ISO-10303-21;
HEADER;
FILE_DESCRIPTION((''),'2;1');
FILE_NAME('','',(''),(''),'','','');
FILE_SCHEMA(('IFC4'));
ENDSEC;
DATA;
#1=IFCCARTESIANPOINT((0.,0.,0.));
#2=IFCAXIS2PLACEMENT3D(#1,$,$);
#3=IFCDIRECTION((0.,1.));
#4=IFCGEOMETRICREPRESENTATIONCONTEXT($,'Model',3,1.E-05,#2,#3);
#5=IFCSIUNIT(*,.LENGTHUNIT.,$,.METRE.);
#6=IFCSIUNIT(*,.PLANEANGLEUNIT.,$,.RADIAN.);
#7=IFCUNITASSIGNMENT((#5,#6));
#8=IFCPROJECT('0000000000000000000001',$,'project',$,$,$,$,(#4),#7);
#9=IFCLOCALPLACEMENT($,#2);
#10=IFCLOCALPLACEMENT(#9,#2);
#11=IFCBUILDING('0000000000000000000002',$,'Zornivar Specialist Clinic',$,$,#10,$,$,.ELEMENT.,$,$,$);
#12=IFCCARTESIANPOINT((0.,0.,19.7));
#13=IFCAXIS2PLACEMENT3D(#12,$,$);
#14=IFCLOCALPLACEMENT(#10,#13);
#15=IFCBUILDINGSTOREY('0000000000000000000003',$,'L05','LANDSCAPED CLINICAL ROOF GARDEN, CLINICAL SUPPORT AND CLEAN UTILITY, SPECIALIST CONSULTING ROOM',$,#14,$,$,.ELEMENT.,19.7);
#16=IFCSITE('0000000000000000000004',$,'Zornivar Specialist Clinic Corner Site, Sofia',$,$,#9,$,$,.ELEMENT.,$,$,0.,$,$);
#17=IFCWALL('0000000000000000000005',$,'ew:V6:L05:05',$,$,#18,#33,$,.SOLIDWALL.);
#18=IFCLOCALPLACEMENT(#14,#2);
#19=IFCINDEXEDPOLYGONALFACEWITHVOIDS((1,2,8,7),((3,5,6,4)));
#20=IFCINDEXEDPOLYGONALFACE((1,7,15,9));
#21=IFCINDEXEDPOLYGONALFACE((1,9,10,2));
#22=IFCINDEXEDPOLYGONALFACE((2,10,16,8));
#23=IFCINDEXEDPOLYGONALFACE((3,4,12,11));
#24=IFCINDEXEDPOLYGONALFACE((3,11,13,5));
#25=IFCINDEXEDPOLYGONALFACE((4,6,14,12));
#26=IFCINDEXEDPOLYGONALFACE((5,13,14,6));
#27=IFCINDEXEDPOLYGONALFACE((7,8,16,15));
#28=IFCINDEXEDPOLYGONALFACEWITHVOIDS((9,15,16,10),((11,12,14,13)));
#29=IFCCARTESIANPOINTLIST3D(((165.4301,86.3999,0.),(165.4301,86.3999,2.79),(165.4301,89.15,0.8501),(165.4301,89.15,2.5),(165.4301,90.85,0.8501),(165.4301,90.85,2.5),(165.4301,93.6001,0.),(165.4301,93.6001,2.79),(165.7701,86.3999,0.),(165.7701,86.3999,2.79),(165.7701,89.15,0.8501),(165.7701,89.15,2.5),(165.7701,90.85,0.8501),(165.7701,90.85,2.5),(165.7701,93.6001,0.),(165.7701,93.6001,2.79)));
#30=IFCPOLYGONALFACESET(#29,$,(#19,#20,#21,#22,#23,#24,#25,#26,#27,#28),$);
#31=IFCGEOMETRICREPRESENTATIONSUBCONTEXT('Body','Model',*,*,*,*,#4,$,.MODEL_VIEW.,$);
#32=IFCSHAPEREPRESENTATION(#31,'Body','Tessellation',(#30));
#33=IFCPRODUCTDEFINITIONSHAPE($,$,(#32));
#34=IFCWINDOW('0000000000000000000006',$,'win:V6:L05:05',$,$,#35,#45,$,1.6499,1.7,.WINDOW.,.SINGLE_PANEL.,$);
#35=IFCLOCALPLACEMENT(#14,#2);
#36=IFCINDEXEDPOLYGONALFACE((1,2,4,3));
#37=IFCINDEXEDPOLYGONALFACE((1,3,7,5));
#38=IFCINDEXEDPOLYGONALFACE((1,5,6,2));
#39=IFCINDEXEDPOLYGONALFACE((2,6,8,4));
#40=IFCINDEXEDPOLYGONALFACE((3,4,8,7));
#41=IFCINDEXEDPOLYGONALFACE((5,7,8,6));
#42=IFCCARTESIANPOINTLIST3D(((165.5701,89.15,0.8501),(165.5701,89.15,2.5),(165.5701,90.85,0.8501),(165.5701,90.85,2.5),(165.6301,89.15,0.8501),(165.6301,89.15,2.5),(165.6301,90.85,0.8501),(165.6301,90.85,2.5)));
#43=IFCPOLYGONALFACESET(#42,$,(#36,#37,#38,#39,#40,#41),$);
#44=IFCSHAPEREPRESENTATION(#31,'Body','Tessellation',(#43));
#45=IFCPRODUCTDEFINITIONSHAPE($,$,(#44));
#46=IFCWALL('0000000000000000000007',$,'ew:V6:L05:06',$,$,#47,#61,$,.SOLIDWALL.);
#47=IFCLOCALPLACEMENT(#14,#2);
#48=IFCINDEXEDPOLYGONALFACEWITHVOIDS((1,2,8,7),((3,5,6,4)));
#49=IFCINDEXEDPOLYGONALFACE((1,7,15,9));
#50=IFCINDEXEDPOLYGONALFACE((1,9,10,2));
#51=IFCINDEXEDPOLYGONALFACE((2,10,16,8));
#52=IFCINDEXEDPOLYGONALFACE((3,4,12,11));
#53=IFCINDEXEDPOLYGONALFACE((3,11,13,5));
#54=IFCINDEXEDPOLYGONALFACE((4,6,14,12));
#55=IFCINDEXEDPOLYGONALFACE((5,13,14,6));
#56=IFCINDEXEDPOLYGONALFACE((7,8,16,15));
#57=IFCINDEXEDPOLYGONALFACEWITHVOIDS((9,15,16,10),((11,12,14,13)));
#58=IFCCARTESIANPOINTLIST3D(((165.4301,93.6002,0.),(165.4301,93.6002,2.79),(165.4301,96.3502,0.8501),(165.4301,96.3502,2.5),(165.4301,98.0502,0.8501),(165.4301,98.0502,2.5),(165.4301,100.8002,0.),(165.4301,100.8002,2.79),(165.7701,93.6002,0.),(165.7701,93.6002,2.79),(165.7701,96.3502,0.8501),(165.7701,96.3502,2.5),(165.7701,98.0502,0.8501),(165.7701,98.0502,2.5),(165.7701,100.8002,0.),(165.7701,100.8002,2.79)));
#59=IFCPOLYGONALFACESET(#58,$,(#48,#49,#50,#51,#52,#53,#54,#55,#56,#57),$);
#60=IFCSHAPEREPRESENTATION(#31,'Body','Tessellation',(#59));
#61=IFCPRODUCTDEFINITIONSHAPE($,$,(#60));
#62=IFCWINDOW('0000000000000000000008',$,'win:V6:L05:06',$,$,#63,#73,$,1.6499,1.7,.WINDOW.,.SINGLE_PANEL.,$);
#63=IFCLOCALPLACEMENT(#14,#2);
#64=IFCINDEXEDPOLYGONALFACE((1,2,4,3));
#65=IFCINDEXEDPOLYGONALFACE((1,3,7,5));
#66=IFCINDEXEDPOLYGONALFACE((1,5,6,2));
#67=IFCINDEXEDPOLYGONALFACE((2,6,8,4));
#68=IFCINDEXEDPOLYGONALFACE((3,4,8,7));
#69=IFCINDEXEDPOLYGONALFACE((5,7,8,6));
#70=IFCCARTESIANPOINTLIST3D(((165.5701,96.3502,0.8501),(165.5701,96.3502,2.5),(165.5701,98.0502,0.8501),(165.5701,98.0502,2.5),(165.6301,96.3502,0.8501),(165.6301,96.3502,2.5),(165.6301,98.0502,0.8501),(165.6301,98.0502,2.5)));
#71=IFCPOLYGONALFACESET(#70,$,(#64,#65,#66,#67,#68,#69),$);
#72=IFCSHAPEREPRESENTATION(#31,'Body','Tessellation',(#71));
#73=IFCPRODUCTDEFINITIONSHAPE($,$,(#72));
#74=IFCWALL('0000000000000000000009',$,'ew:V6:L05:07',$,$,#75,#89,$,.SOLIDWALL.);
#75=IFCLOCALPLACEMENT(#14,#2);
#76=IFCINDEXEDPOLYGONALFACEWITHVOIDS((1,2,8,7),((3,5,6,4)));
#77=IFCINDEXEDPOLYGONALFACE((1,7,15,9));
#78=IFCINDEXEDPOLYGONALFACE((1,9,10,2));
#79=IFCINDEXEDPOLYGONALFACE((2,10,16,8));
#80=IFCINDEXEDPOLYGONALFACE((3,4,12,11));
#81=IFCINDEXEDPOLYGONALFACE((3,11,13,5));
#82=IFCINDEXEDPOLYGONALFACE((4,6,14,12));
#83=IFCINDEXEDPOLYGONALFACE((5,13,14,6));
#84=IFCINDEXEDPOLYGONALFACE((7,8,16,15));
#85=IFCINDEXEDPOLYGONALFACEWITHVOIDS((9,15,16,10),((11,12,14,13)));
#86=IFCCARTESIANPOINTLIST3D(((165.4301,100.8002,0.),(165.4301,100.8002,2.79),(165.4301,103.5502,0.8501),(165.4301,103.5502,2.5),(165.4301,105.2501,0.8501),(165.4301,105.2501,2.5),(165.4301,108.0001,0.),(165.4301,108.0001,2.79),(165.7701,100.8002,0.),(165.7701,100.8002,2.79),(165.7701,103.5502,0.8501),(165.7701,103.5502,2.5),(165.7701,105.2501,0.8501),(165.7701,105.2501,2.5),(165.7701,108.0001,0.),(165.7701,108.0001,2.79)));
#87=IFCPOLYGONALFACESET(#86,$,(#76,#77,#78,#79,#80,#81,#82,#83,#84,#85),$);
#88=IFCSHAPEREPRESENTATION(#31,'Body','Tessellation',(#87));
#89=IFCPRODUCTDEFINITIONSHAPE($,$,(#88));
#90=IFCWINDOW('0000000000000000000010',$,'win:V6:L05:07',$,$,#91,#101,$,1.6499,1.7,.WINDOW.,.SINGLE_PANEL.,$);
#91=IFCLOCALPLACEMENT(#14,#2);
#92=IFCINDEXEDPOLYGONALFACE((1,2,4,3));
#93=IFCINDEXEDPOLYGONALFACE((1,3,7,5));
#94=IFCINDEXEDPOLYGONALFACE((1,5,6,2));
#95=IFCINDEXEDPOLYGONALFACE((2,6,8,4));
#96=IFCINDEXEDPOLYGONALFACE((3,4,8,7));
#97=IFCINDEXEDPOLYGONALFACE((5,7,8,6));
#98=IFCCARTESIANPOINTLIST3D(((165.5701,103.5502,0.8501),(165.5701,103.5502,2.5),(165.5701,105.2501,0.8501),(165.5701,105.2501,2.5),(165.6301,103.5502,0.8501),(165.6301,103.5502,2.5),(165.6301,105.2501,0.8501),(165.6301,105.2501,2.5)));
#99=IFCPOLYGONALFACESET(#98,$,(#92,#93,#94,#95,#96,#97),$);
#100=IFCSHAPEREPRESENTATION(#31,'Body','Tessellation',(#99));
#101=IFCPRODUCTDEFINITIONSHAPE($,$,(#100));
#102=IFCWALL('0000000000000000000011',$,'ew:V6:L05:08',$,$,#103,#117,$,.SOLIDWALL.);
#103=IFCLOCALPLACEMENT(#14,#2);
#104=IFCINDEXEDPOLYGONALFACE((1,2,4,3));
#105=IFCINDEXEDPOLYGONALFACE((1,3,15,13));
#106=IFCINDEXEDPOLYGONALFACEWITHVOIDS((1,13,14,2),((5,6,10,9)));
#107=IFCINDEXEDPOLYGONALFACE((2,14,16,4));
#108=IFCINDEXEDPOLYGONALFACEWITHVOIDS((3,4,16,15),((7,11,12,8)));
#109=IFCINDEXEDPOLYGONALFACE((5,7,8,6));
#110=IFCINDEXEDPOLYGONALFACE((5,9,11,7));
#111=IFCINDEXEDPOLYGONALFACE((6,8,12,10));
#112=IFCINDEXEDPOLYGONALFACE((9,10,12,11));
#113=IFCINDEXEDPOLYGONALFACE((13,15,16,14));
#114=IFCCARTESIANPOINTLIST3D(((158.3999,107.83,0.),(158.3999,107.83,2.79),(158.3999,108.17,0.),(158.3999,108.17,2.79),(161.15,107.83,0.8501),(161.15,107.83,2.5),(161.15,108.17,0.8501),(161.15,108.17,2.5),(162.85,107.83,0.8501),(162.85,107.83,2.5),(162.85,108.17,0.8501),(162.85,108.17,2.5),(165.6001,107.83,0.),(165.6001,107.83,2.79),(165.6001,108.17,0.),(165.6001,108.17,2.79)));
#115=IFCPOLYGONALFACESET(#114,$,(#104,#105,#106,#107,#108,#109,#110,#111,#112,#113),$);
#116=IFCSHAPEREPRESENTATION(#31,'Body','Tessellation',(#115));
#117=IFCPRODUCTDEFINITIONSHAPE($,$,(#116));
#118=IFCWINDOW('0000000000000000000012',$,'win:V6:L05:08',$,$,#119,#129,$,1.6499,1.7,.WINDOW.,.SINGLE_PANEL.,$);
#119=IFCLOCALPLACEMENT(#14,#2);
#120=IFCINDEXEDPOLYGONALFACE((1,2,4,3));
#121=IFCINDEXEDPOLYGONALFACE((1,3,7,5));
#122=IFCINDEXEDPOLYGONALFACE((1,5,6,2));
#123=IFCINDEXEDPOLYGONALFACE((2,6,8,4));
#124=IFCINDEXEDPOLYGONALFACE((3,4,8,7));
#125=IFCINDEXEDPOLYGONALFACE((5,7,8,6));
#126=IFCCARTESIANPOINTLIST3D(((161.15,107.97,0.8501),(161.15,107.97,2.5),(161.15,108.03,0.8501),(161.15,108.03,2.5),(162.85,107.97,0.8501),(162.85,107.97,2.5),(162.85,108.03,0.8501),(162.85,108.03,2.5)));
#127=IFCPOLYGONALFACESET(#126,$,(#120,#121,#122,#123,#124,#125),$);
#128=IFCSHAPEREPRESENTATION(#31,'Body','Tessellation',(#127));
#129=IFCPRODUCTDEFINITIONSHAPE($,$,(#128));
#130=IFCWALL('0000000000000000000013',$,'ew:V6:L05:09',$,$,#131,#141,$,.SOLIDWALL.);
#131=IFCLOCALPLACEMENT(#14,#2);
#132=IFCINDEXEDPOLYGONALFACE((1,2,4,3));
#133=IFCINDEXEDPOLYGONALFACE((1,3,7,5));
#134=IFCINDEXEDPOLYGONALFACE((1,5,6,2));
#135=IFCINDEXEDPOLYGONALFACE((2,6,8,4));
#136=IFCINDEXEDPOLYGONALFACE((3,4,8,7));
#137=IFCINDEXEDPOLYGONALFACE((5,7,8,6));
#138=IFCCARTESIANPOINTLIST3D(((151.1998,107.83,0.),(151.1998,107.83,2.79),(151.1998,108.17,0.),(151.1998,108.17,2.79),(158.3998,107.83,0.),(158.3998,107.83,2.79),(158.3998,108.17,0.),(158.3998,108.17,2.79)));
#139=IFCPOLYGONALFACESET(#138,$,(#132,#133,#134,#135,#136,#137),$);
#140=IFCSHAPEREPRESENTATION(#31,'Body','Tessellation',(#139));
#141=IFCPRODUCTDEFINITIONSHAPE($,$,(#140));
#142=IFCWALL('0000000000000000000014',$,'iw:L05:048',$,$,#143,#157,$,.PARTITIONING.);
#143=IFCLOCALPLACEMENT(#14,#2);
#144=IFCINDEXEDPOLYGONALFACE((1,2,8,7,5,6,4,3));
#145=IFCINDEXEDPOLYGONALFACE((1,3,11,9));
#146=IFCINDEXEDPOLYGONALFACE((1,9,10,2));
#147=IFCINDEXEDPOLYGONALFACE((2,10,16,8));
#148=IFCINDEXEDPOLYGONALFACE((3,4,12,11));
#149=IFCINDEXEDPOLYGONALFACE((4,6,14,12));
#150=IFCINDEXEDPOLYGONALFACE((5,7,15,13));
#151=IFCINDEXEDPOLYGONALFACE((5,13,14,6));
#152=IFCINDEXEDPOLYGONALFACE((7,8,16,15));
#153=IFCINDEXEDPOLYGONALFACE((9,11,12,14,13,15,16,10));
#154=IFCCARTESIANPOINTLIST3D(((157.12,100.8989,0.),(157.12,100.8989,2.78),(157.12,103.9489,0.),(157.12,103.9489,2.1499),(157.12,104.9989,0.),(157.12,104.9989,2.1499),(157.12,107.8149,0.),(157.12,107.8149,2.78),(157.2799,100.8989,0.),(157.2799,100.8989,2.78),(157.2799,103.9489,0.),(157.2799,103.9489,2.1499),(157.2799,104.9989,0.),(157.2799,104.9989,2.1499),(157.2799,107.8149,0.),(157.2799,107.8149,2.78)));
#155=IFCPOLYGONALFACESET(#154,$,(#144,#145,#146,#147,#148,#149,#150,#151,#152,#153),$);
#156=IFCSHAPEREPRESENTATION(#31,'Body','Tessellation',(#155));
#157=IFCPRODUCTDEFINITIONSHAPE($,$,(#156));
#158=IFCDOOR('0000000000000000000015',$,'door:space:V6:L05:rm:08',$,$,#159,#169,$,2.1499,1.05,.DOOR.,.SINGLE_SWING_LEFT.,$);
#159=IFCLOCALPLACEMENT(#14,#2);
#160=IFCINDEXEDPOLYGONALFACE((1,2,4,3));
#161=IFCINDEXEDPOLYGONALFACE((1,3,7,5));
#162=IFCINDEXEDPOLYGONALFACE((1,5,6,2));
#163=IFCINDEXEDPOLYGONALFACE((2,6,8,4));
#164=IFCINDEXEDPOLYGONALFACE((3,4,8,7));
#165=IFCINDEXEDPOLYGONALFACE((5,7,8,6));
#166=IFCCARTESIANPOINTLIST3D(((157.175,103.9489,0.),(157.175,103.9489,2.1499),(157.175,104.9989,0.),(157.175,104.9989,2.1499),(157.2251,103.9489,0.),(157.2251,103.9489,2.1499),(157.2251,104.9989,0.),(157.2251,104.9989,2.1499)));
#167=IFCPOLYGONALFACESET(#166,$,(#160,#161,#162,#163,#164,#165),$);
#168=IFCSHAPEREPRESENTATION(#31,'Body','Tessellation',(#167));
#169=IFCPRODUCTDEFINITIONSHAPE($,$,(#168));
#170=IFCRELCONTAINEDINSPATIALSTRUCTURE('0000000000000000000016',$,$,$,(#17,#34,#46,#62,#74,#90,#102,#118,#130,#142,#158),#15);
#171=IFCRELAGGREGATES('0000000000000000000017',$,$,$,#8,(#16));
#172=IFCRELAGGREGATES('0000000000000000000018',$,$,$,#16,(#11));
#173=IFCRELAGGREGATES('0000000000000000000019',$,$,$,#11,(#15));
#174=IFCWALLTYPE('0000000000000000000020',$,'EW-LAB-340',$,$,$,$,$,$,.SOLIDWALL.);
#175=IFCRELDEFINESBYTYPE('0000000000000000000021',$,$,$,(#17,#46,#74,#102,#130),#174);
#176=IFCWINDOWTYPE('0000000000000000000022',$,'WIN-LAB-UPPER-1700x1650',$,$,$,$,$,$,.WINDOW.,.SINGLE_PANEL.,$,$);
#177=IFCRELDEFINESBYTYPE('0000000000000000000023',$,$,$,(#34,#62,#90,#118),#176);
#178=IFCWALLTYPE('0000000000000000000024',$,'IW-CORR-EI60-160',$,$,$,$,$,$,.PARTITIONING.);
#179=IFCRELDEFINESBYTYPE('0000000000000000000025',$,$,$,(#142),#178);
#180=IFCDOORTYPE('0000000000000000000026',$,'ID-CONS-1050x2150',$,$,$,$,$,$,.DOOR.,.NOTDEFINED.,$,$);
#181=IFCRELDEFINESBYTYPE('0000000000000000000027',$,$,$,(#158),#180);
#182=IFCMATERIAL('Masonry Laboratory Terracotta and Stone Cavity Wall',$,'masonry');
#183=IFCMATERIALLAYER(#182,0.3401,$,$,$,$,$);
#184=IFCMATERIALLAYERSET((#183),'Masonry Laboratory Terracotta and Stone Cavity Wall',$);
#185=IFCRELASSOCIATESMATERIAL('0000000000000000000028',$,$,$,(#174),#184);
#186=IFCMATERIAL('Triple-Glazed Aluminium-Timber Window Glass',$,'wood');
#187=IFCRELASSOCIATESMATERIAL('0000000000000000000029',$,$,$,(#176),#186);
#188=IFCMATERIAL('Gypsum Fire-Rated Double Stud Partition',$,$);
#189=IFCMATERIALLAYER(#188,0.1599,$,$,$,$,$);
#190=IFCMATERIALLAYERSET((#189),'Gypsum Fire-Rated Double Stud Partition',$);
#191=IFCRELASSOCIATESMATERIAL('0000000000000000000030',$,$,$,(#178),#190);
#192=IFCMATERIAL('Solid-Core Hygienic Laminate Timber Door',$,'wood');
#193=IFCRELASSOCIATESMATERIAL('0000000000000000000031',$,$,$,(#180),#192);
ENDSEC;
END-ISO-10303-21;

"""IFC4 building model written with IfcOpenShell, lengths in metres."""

from ifc_helpers import new_model, si_unit, direction, frame, frame_2d, origin, place, context, subcontext, project, spatial, rectangle, extrude, material, layer, layer_set, type_object, element, fill, save


model = new_model("IFC4")

# Units and contexts
model_context = context("Model", 3, precision=1e-05, world=origin(), true_north=direction((0.0, 1.0)))
body_context = subcontext(model_context, "Body", "Model", "MODEL_VIEW")
ifc_project = project(units=[si_unit("LENGTHUNIT", "METRE"), si_unit("PLANEANGLEUNIT", "RADIAN")], contexts=[model_context])

# Site, building, storey
site_placement = place(None, origin())
site = spatial("IfcSite", under=ifc_project, at=site_placement, Name="Zornivar Specialist Clinic Corner Site, Sofia", CompositionType="ELEMENT", RefElevation=0.0)
building_placement = place(site_placement, origin())
building = spatial("IfcBuilding", under=site, at=building_placement, Name="Zornivar Specialist Clinic", CompositionType="ELEMENT")
storey_placement = place(building_placement, frame((0.0, 0.0, 19.7)))
storey = spatial("IfcBuildingStorey", under=building, at=storey_placement, Name="L05", Description="LANDSCAPED CLINICAL ROOF GARDEN, CLINICAL SUPPORT AND CLEAN UTILITY, SPECIALIST CONSULTING ROOM", CompositionType="ELEMENT", Elevation=19.7)

# Walls, openings, windows
ifc_material_1 = material(Name="Masonry Laboratory Terracotta and Stone Cavity Wall", Category="masonry")
ifc_layer_1 = layer(ifc_material_1, 0.3401)
ifc_layer_set_1 = layer_set([ifc_layer_1], Name="Masonry Laboratory Terracotta and Stone Cavity Wall")
wall_type_1 = type_object("IfcWallType", Name="EW-LAB-340", PredefinedType="SOLIDWALL", material=ifc_layer_set_1)
wall_1_placement = place(storey_placement, frame((165.6001, 86.3999, 0.0), z_axis=(0.0, 0.0, 1.0), x_axis=(0.0, 1.0, 0.0)))
wall_1 = element("IfcWall", 1, at=wall_1_placement, inside=storey, type_object=wall_type_1, Name="ew:V6:L05:05", PredefinedType="SOLIDWALL", context=body_context, shape_type="SweptSolid", body=[
    extrude(rectangle(XDim=7.2002, YDim=0.3401, at=frame_2d((3.6001, 0.0))), origin(), (0.0, 0.0, 1.0), 2.79),
])
opening_1_placement = place(wall_1_placement, frame((2.75, 0.0, 0.8501)))
opening_1 = element("IfcOpeningElement", 2, at=opening_1_placement, cuts=wall_1, PredefinedType="OPENING", context=body_context, shape_type="SweptSolid", body=[
    extrude(rectangle(XDim=1.7, YDim=1.6499, at=frame_2d((0.8501, 0.825))), frame((0.0, 0.1799, 0.0), z_axis=(0.0, -1.0, 0.0), x_axis=(1.0, 0.0, 0.0)), (0.0, 0.0, 1.0), 0.3601),
])
ifc_material_2 = material(Name="Triple-Glazed Aluminium-Timber Window Glass", Category="wood")
window_type = type_object("IfcWindowType", Name="WIN-LAB-UPPER-1700x1650", PartitioningType="SINGLE_PANEL", PredefinedType="WINDOW", material=ifc_material_2)
window_1_placement = place(opening_1_placement, origin())
window_1 = element("IfcWindow", 3, at=window_1_placement, inside=storey, type_object=window_type, Name="win:V6:L05:05", OverallHeight=1.6499, OverallWidth=1.7, PartitioningType="SINGLE_PANEL", PredefinedType="WINDOW", context=body_context, shape_type="SweptSolid", body=[
    extrude(rectangle(XDim=1.7, YDim=1.6499, at=frame_2d((0.8501, 0.825))), frame((0.0, 0.03, 0.0), z_axis=(0.0, -1.0, 0.0), x_axis=(1.0, 0.0, 0.0)), (0.0, 0.0, 1.0), 0.0601),
])
fill(opening_1, window_1)
wall_2_placement = place(storey_placement, frame((165.6001, 93.6001, 0.0), z_axis=(0.0, 0.0, 1.0), x_axis=(0.0, 1.0, 0.0)))
wall_2 = element("IfcWall", 4, at=wall_2_placement, inside=storey, type_object=wall_type_1, Name="ew:V6:L05:06", PredefinedType="SOLIDWALL", context=body_context, shape_type="SweptSolid", body=[
    extrude(rectangle(XDim=7.2, YDim=0.3401, at=frame_2d((3.6001, 0.0))), origin(), (0.0, 0.0, 1.0), 2.79),
])
opening_2_placement = place(wall_2_placement, frame((2.75, 0.0, 0.8501)))
opening_2 = element("IfcOpeningElement", 5, at=opening_2_placement, cuts=wall_2, PredefinedType="OPENING", context=body_context, shape_type="SweptSolid", body=[
    extrude(rectangle(XDim=1.7, YDim=1.6499, at=frame_2d((0.8501, 0.825))), frame((0.0, 0.1799, 0.0), z_axis=(0.0, -1.0, 0.0), x_axis=(1.0, 0.0, 0.0)), (0.0, 0.0, 1.0), 0.3601),
])
window_2_placement = place(opening_2_placement, origin())
window_2 = element("IfcWindow", 6, at=window_2_placement, inside=storey, type_object=window_type, Name="win:V6:L05:06", OverallHeight=1.6499, OverallWidth=1.7, PartitioningType="SINGLE_PANEL", PredefinedType="WINDOW", context=body_context, shape_type="SweptSolid", body=[
    extrude(rectangle(XDim=1.7, YDim=1.6499, at=frame_2d((0.8501, 0.825))), frame((0.0, 0.03, 0.0), z_axis=(0.0, -1.0, 0.0), x_axis=(1.0, 0.0, 0.0)), (0.0, 0.0, 1.0), 0.0601),
])
fill(opening_2, window_2)
wall_3_placement = place(storey_placement, frame((165.6001, 100.8, 0.0), z_axis=(0.0, 0.0, 1.0), x_axis=(0.0, 1.0, 0.0)))
wall_3 = element("IfcWall", 7, at=wall_3_placement, inside=storey, type_object=wall_type_1, Name="ew:V6:L05:07", PredefinedType="SOLIDWALL", context=body_context, shape_type="SweptSolid", body=[
    extrude(rectangle(XDim=7.2, YDim=0.3401, at=frame_2d((3.6001, 0.0))), origin(), (0.0, 0.0, 1.0), 2.79),
])
opening_3_placement = place(wall_3_placement, frame((2.75, 0.0, 0.8501)))
opening_3 = element("IfcOpeningElement", 8, at=opening_3_placement, cuts=wall_3, PredefinedType="OPENING", context=body_context, shape_type="SweptSolid", body=[
    extrude(rectangle(XDim=1.7, YDim=1.6499, at=frame_2d((0.8501, 0.825))), frame((0.0, 0.1799, 0.0), z_axis=(0.0, -1.0, 0.0), x_axis=(1.0, 0.0, 0.0)), (0.0, 0.0, 1.0), 0.3601),
])
window_3_placement = place(opening_3_placement, origin())
window_3 = element("IfcWindow", 9, at=window_3_placement, inside=storey, type_object=window_type, Name="win:V6:L05:07", OverallHeight=1.6499, OverallWidth=1.7, PartitioningType="SINGLE_PANEL", PredefinedType="WINDOW", context=body_context, shape_type="SweptSolid", body=[
    extrude(rectangle(XDim=1.7, YDim=1.6499, at=frame_2d((0.8501, 0.825))), frame((0.0, 0.03, 0.0), z_axis=(0.0, -1.0, 0.0), x_axis=(1.0, 0.0, 0.0)), (0.0, 0.0, 1.0), 0.0601),
])
fill(opening_3, window_3)
wall_4_placement = place(storey_placement, frame((165.6001, 108.0, 0.0), z_axis=(0.0, 0.0, 1.0), x_axis=(-1.0, 0.0, 0.0)))
wall_4 = element("IfcWall", 10, at=wall_4_placement, inside=storey, type_object=wall_type_1, Name="ew:V6:L05:08", PredefinedType="SOLIDWALL", context=body_context, shape_type="SweptSolid", body=[
    extrude(rectangle(XDim=7.2002, YDim=0.3401, at=frame_2d((3.6001, 0.0))), origin(), (0.0, 0.0, 1.0), 2.79),
])
opening_4_placement = place(wall_4_placement, frame((2.75, 0.0, 0.8501)))
opening_4 = element("IfcOpeningElement", 11, at=opening_4_placement, cuts=wall_4, PredefinedType="OPENING", context=body_context, shape_type="SweptSolid", body=[
    extrude(rectangle(XDim=1.7, YDim=1.6499, at=frame_2d((0.8501, 0.825))), frame((0.0, 0.1799, 0.0), z_axis=(0.0, -1.0, 0.0), x_axis=(1.0, 0.0, 0.0)), (0.0, 0.0, 1.0), 0.3601),
])
window_4_placement = place(opening_4_placement, origin())
window_4 = element("IfcWindow", 12, at=window_4_placement, inside=storey, type_object=window_type, Name="win:V6:L05:08", OverallHeight=1.6499, OverallWidth=1.7, PartitioningType="SINGLE_PANEL", PredefinedType="WINDOW", context=body_context, shape_type="SweptSolid", body=[
    extrude(rectangle(XDim=1.7, YDim=1.6499, at=frame_2d((0.8501, 0.825))), frame((0.0, 0.03, 0.0), z_axis=(0.0, -1.0, 0.0), x_axis=(1.0, 0.0, 0.0)), (0.0, 0.0, 1.0), 0.0601),
])
fill(opening_4, window_4)

# Wall
wall_5_placement = place(storey_placement, frame((158.3999, 108.0, 0.0), z_axis=(0.0, 0.0, 1.0), x_axis=(-1.0, 0.0, 0.0)))
element("IfcWall", 13, at=wall_5_placement, inside=storey, type_object=wall_type_1, Name="ew:V6:L05:09", PredefinedType="SOLIDWALL", context=body_context, shape_type="SweptSolid", body=[
    extrude(rectangle(XDim=7.2, YDim=0.3401, at=frame_2d((3.6001, 0.0))), origin(), (0.0, 0.0, 1.0), 2.79),
])

# Wall, opening, door
ifc_material_3 = material(Name="Gypsum Fire-Rated Double Stud Partition")
ifc_layer_2 = layer(ifc_material_3, 0.1599)
ifc_layer_set_2 = layer_set([ifc_layer_2], Name="Gypsum Fire-Rated Double Stud Partition")
wall_type_2 = type_object("IfcWallType", Name="IW-CORR-EI60-160", PredefinedType="PARTITIONING", material=ifc_layer_set_2)
wall_6_placement = place(storey_placement, frame((157.2, 100.8989, 0.0), z_axis=(0.0, 0.0, 1.0), x_axis=(0.0, 1.0, 0.0)))
wall_6 = element("IfcWall", 14, at=wall_6_placement, inside=storey, type_object=wall_type_2, Name="iw:L05:048", PredefinedType="PARTITIONING", context=body_context, shape_type="SweptSolid", body=[
    extrude(rectangle(XDim=6.916, YDim=0.1599, at=frame_2d((3.458, 0.0))), origin(), (0.0, 0.0, 1.0), 2.78),
])
opening_5_placement = place(wall_6_placement, frame((3.05, 0.0, 0.0)))
opening_5 = element("IfcOpeningElement", 15, at=opening_5_placement, cuts=wall_6, PredefinedType="OPENING", context=body_context, shape_type="SweptSolid", body=[
    extrude(rectangle(XDim=1.05, YDim=2.1499, at=frame_2d((0.5249, 1.075))), frame((0.0, 0.0898, 0.0), z_axis=(0.0, -1.0, 0.0), x_axis=(1.0, 0.0, 0.0)), (0.0, 0.0, 1.0), 0.1799),
])
ifc_material_4 = material(Name="Solid-Core Hygienic Laminate Timber Door", Category="wood")
door_type = type_object("IfcDoorType", Name="ID-CONS-1050x2150", OperationType="NOTDEFINED", PredefinedType="DOOR", material=ifc_material_4)
door_placement = place(opening_5_placement, origin())
door = element("IfcDoor", 16, at=door_placement, inside=storey, type_object=door_type, Name="door:space:V6:L05:rm:08", OperationType="SINGLE_SWING_LEFT", OverallHeight=2.1499, OverallWidth=1.05, PredefinedType="DOOR", context=body_context, shape_type="SweptSolid", body=[
    extrude(rectangle(XDim=1.05, YDim=2.1499, at=frame_2d((0.5249, 1.075))), frame((0.0, 0.0249, 0.0), z_axis=(0.0, -1.0, 0.0), x_axis=(1.0, 0.0, 0.0)), (0.0, 0.0, 1.0), 0.05),
])
fill(opening_5, door)

save(model, "model.ifc")
